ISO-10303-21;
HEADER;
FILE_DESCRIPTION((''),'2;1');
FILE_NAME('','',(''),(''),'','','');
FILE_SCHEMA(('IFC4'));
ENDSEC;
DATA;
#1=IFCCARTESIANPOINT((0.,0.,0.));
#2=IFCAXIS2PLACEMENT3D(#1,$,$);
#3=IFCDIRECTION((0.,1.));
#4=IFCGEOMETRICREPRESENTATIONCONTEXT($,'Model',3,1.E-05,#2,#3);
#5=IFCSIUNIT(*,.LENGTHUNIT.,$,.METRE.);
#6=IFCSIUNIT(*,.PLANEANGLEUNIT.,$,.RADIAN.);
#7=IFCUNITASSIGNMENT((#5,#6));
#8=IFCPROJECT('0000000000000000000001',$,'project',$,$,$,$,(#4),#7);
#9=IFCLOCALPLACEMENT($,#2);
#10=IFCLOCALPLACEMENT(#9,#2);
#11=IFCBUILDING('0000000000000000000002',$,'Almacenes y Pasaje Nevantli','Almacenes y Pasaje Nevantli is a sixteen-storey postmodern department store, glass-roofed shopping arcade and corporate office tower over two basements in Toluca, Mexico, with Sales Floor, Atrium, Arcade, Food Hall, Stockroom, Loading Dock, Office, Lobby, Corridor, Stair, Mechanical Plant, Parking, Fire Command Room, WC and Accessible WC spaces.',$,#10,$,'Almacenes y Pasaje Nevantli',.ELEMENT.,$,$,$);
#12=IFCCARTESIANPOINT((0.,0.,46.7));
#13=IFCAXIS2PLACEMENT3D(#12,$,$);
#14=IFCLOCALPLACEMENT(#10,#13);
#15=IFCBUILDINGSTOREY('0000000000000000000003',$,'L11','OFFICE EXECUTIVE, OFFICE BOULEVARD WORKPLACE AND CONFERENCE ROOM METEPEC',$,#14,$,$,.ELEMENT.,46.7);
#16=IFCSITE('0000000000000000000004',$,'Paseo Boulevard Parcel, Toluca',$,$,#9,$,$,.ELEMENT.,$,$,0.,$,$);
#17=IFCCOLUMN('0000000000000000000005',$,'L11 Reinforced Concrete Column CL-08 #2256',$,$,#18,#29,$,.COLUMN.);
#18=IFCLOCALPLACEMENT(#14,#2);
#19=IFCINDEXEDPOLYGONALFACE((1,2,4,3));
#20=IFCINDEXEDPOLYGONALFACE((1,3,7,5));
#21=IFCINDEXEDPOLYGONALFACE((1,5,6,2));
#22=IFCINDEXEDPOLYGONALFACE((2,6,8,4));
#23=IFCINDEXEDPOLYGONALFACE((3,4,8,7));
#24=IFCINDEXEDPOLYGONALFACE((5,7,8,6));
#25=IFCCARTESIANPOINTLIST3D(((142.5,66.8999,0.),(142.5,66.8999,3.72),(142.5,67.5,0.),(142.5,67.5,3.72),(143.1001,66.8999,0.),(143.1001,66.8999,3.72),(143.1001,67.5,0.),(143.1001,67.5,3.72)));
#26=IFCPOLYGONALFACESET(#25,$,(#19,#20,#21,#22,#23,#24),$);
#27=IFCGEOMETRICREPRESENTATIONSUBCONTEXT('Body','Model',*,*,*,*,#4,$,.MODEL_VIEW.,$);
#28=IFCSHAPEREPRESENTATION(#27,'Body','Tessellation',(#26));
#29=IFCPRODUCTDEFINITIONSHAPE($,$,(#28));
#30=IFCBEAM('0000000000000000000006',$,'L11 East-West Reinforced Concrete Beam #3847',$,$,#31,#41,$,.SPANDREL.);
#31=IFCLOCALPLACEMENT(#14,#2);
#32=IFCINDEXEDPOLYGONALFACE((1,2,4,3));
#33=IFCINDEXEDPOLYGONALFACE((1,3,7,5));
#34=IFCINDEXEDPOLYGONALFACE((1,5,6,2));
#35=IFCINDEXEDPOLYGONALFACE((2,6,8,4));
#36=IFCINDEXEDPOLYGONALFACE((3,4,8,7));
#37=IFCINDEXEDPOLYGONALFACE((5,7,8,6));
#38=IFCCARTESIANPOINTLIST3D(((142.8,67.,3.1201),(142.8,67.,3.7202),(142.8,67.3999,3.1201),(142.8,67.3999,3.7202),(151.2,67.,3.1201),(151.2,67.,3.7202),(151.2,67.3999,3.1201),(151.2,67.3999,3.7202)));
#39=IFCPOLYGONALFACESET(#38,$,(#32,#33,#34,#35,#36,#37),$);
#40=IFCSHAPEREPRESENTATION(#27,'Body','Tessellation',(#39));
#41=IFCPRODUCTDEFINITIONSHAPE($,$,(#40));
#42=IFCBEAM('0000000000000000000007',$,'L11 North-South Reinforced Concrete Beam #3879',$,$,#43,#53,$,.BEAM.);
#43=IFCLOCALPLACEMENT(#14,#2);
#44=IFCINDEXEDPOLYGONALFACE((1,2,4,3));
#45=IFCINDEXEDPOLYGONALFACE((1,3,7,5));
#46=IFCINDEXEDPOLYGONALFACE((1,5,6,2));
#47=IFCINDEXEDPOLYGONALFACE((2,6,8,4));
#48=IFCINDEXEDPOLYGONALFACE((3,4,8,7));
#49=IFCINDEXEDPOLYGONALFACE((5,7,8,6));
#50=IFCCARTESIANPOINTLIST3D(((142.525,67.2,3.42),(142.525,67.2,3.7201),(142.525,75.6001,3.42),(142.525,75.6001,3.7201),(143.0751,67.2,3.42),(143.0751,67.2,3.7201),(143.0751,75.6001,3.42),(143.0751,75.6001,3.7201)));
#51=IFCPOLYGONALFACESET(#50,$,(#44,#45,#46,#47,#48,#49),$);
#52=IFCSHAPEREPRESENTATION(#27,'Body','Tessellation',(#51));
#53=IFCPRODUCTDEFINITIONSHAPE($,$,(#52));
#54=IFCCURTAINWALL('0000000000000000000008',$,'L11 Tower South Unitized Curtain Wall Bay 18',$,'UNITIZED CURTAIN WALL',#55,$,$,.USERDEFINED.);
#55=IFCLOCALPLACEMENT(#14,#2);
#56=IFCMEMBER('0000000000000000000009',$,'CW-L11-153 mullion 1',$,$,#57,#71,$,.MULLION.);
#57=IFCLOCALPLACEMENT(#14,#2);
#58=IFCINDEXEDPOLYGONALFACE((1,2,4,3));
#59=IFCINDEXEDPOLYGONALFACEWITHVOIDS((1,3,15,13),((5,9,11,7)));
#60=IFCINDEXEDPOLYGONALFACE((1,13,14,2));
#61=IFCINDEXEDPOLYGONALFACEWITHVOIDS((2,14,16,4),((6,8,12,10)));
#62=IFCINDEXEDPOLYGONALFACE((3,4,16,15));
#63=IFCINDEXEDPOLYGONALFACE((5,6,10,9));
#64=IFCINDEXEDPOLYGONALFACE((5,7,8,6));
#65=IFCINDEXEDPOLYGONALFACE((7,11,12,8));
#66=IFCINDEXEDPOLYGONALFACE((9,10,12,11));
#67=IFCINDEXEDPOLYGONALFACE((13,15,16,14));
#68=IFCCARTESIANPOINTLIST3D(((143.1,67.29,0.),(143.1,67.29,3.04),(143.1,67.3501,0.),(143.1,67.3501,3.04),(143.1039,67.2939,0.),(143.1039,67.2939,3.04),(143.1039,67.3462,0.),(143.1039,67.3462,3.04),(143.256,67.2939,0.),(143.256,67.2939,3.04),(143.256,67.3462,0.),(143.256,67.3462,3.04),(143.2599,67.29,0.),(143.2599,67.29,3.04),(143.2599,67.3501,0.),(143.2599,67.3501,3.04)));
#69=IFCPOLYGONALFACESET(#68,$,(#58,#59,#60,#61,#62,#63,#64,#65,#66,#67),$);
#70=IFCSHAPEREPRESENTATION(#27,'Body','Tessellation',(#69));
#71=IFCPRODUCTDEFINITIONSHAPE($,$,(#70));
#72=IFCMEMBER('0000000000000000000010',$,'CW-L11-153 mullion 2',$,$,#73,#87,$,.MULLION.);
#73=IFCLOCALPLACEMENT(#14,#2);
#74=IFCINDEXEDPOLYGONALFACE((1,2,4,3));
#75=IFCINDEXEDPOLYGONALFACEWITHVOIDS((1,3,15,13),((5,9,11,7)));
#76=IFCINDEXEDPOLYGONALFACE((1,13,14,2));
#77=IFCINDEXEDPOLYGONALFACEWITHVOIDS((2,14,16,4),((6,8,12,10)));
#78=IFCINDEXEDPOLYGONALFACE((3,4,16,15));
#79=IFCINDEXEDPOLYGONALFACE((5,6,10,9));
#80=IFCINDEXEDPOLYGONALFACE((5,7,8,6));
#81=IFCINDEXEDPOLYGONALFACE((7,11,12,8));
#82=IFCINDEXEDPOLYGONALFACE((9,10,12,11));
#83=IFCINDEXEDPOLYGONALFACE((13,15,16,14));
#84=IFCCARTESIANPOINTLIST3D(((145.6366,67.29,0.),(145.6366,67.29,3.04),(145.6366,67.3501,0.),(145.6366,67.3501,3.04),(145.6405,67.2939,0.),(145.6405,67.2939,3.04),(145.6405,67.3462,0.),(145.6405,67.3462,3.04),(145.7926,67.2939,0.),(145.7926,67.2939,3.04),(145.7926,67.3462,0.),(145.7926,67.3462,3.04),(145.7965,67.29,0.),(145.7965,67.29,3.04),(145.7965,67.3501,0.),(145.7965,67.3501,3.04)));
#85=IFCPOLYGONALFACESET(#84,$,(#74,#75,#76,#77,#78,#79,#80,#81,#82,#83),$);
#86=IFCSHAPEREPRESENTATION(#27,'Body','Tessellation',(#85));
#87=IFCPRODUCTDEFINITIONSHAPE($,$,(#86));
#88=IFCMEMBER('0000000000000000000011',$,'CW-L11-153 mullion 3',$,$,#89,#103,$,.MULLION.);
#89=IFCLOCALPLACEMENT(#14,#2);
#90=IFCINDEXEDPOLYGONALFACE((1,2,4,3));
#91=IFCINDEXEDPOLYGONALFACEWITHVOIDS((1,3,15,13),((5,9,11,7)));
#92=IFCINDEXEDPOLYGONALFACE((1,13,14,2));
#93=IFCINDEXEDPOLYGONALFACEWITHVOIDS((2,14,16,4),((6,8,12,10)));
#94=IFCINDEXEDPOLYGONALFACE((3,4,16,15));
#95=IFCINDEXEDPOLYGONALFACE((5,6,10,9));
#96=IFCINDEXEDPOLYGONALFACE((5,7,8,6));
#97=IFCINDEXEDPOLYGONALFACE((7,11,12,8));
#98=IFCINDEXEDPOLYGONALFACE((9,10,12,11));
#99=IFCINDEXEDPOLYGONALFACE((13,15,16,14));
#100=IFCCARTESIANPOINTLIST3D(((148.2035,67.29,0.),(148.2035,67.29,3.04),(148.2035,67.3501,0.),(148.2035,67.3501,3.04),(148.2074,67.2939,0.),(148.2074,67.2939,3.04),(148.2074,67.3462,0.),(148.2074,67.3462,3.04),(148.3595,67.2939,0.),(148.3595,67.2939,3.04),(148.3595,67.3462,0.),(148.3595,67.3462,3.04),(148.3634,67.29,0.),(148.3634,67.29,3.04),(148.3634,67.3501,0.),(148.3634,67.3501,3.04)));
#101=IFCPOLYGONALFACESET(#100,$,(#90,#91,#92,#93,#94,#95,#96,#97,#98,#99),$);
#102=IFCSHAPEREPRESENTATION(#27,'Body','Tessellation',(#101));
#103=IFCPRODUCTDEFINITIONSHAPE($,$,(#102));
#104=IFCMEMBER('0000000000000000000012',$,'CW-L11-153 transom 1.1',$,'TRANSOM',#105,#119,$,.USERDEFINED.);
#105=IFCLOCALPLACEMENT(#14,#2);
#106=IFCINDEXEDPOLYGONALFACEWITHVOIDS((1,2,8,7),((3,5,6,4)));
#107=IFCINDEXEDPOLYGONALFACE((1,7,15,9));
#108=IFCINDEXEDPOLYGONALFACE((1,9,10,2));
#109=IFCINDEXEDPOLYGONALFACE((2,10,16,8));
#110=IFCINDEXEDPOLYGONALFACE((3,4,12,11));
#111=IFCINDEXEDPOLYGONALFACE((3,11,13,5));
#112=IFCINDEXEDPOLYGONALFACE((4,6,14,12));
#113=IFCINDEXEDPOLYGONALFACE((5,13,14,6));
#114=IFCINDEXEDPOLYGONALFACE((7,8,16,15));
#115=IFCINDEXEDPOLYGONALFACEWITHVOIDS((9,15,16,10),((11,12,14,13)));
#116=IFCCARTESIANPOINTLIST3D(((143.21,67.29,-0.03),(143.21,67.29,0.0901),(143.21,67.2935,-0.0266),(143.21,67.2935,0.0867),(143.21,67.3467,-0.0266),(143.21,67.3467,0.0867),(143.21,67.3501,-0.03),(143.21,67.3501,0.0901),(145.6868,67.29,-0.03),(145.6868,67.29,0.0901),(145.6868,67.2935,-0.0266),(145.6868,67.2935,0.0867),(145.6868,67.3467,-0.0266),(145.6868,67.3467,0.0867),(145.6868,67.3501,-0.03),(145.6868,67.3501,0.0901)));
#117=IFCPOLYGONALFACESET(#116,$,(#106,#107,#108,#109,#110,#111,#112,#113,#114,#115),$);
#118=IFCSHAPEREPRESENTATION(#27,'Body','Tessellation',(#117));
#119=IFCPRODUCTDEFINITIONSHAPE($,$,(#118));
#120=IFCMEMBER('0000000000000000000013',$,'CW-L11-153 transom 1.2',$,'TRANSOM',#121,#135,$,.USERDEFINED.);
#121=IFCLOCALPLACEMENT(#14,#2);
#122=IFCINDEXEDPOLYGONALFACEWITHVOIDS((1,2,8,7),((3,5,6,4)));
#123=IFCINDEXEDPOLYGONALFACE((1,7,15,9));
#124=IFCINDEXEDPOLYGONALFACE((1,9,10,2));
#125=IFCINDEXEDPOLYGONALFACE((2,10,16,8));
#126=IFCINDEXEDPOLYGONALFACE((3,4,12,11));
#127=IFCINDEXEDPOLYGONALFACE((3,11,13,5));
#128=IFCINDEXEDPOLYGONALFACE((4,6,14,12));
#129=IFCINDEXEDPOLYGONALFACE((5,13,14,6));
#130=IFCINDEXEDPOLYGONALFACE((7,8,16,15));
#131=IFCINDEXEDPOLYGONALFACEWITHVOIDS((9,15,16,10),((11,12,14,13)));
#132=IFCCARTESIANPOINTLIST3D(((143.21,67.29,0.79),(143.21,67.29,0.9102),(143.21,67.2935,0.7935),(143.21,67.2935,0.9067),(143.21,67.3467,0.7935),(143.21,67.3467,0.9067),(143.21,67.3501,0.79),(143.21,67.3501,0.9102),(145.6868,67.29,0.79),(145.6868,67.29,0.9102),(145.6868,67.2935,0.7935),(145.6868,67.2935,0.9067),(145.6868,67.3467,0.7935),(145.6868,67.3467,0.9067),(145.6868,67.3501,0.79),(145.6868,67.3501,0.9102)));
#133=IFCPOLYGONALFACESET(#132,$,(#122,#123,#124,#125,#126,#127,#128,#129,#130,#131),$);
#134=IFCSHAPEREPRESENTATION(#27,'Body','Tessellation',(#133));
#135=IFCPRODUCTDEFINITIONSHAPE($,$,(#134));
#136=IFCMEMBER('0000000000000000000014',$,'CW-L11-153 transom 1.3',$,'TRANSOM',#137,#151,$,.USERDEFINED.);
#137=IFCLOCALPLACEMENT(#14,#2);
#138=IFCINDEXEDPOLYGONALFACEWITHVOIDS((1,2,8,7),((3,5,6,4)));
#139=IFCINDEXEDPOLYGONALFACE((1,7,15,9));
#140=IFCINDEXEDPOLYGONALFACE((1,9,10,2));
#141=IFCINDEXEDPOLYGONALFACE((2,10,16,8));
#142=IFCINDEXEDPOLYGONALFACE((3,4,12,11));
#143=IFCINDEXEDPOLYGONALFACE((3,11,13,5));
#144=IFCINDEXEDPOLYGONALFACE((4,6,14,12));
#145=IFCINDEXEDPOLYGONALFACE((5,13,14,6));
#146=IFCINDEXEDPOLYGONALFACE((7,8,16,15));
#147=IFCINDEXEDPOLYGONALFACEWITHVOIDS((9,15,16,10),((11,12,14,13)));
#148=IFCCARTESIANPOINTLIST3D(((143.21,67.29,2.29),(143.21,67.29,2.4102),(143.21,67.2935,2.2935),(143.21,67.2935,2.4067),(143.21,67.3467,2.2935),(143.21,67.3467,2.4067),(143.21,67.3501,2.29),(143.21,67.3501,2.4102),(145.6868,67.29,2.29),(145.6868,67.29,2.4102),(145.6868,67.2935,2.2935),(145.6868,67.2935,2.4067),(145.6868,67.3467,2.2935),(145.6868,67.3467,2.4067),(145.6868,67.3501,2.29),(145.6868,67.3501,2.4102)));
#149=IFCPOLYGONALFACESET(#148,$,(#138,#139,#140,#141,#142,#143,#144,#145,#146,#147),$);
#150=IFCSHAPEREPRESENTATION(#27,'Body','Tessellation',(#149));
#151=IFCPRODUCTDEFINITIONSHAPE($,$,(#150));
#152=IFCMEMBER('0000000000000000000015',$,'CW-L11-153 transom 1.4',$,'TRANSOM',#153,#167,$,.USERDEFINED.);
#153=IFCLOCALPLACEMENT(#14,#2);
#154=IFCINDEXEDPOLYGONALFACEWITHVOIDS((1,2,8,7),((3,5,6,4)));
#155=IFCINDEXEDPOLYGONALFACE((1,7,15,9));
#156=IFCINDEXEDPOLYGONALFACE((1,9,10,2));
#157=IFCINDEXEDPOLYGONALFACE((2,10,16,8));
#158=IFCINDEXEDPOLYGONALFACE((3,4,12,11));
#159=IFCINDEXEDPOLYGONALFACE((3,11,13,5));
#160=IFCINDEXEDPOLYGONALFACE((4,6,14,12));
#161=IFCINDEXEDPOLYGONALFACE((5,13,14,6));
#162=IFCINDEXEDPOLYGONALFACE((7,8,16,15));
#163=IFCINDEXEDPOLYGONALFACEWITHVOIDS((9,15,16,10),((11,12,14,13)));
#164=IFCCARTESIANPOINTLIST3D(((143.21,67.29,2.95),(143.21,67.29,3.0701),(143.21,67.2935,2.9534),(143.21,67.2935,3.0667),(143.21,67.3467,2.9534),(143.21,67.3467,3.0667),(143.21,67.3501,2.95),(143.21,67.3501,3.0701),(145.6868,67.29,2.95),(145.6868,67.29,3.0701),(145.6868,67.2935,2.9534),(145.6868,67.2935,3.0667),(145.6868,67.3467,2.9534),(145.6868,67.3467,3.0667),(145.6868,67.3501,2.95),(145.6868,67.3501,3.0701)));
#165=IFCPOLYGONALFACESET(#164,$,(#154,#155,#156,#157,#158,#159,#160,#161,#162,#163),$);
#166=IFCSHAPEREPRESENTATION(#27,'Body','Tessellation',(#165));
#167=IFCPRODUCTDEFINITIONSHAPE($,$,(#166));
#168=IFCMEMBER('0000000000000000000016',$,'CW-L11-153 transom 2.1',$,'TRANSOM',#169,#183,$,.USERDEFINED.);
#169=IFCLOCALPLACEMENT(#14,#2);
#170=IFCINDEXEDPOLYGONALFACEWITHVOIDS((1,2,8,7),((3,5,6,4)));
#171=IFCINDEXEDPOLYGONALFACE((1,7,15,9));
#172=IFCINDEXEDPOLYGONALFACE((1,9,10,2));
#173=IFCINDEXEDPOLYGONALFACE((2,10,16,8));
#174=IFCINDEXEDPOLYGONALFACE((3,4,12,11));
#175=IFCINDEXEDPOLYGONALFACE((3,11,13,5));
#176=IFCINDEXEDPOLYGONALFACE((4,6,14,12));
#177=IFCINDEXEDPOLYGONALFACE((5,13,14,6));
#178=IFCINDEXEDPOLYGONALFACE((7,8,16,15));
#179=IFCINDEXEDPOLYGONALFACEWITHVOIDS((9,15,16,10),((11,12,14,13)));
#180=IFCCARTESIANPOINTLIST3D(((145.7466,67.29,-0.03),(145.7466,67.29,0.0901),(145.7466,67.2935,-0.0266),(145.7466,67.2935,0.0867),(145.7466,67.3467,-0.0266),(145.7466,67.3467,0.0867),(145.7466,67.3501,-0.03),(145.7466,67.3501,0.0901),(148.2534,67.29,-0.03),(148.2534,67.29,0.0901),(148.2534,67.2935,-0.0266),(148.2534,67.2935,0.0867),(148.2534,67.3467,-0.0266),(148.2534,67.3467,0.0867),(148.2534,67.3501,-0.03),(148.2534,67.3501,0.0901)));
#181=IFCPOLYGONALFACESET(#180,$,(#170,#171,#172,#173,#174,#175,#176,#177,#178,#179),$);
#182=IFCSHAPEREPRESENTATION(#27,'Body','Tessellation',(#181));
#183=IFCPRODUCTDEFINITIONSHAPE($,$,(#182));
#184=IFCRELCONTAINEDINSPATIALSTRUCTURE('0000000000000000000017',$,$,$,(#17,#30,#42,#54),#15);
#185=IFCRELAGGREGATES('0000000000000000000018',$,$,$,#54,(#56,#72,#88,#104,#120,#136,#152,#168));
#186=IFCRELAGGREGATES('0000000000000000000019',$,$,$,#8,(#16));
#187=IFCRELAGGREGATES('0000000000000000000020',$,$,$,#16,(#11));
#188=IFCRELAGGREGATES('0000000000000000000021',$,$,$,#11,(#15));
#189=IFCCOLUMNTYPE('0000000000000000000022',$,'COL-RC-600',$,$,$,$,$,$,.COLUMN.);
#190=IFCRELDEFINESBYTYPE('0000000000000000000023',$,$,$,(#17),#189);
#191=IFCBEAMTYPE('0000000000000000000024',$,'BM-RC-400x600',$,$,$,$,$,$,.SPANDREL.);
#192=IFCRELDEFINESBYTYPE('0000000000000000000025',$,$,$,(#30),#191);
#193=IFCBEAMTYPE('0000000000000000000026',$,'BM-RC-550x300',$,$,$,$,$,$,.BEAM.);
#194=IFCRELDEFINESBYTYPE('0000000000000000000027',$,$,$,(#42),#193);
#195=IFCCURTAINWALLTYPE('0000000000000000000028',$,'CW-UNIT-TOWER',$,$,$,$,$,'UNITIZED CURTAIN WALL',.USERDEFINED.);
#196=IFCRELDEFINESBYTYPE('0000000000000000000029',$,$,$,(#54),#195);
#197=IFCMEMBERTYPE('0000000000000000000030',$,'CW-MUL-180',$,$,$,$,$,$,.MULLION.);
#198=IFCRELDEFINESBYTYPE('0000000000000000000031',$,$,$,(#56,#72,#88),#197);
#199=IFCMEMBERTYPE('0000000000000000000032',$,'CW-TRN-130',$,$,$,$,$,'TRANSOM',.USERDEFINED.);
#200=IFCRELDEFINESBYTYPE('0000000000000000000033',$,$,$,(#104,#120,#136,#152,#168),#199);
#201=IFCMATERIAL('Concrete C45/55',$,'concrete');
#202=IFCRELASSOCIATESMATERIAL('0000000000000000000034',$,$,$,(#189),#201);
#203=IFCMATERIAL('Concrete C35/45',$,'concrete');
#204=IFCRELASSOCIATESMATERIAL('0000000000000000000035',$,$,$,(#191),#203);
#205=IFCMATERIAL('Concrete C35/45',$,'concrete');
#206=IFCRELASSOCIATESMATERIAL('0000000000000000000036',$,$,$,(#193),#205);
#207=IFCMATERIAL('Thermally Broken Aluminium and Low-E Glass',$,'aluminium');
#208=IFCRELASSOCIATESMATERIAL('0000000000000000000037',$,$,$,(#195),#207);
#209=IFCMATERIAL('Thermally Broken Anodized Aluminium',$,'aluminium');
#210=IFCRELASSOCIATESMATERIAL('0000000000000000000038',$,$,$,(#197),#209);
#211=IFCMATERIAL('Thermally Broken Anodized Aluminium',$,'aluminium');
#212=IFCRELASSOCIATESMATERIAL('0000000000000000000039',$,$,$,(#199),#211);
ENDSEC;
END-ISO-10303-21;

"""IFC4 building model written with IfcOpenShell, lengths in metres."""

from ifc_helpers import new_model, si_unit, direction, frame, origin, origin_2d, place, context, subcontext, project, spatial, rectangle, hollow_rectangle, extrude, material, material_profile, profile_set, type_object, element, aggregate, save


model = new_model("IFC4")

# Units and contexts
model_context = context("Model", 3, precision=1e-05, world=origin(), true_north=direction((0.0, 1.0)))
body_context = subcontext(model_context, "Body", "Model", "MODEL_VIEW")
ifc_project = project(units=[si_unit("LENGTHUNIT", "METRE"), si_unit("PLANEANGLEUNIT", "RADIAN")], contexts=[model_context])

# Site, building, storey
site_placement = place(None, origin())
site = spatial("IfcSite", under=ifc_project, at=site_placement, Name="Paseo Boulevard Parcel, Toluca", CompositionType="ELEMENT", RefElevation=0.0)
building_placement = place(site_placement, origin())
building = spatial("IfcBuilding", under=site, at=building_placement, Name="Almacenes y Pasaje Nevantli", Description="Almacenes y Pasaje Nevantli is a sixteen-storey postmodern department store, glass-roofed shopping arcade and corporate office tower over two basements in Toluca, Mexico, with Sales Floor, Atrium, Arcade, Food Hall, Stockroom, Loading Dock, Office, Lobby, Corridor, Stair, Mechanical Plant, Parking, Fire Command Room, WC and Accessible WC spaces.", LongName="Almacenes y Pasaje Nevantli", CompositionType="ELEMENT")
storey_placement = place(building_placement, frame((0.0, 0.0, 46.7)))
storey = spatial("IfcBuildingStorey", under=building, at=storey_placement, Name="L11", Description="OFFICE EXECUTIVE, OFFICE BOULEVARD WORKPLACE AND CONFERENCE ROOM METEPEC", CompositionType="ELEMENT", Elevation=46.7)

# Column
ifc_material_1 = material(Name="Concrete C45/55", Category="concrete")
ifc_material_profile_1 = material_profile(ifc_material_1, rectangle(XDim=0.6001, YDim=0.6001, at=origin_2d()), Name="RC-COL-600x600")
ifc_profile_set_1 = profile_set([ifc_material_profile_1], Name="Concrete C45/55")
column_type = type_object("IfcColumnType", Name="COL-RC-600", PredefinedType="COLUMN", material=ifc_profile_set_1)
column_placement = place(storey_placement, frame((142.8, 67.2, 0.0), z_axis=(0.0, 0.0, 1.0), x_axis=(1.0, 0.0, 0.0)))
element("IfcColumn", 1, at=column_placement, inside=storey, type_object=column_type, Name="L11 Reinforced Concrete Column CL-08 #2256", PredefinedType="COLUMN", context=body_context, shape_type="SweptSolid", body=[
    extrude(rectangle(XDim=0.6001, YDim=0.6001, at=origin_2d()), origin(), (0.0, 0.0, 1.0), 3.72),
])

# Beams
ifc_material_2 = material(Name="Concrete C35/45", Category="concrete")
ifc_material_profile_2 = material_profile(ifc_material_2, rectangle(XDim=0.3999, YDim=0.6001, at=origin_2d()), Name="RC-BM-400x600")
ifc_profile_set_2 = profile_set([ifc_material_profile_2], Name="Concrete C35/45")
beam_type_1 = type_object("IfcBeamType", Name="BM-RC-400x600", PredefinedType="SPANDREL", material=ifc_profile_set_2)
beam_1_placement = place(storey_placement, frame((142.8, 67.2, 3.4202), z_axis=(1.0, 0.0, 0.0), x_axis=(0.0, 1.0, 0.0)))
element("IfcBeam", 2, at=beam_1_placement, inside=storey, type_object=beam_type_1, Name="L11 East-West Reinforced Concrete Beam #3847", PredefinedType="SPANDREL", context=body_context, shape_type="SweptSolid", body=[
    extrude(rectangle(XDim=0.3999, YDim=0.6001, at=origin_2d()), origin(), (0.0, 0.0, 1.0), 8.3999),
])
ifc_material_3 = material(Name="Concrete C35/45", Category="concrete")
ifc_material_profile_3 = material_profile(ifc_material_3, rectangle(XDim=0.55, YDim=0.3, at=origin_2d()), Name="RC-BM-550x300")
ifc_profile_set_3 = profile_set([ifc_material_profile_3], Name="Concrete C35/45")
beam_type_2 = type_object("IfcBeamType", Name="BM-RC-550x300", PredefinedType="BEAM", material=ifc_profile_set_3)
beam_2_placement = place(storey_placement, frame((142.8, 67.2, 3.5701), z_axis=(0.0, 1.0, 0.0), x_axis=(-1.0, 0.0, 0.0)))
element("IfcBeam", 3, at=beam_2_placement, inside=storey, type_object=beam_type_2, Name="L11 North-South Reinforced Concrete Beam #3879", PredefinedType="BEAM", context=body_context, shape_type="SweptSolid", body=[
    extrude(rectangle(XDim=0.55, YDim=0.3, at=origin_2d()), origin(), (0.0, 0.0, 1.0), 8.4001),
])

# Curtain wall, members
ifc_material_4 = material(Name="Thermally Broken Aluminium and Low-E Glass", Category="aluminium")
curtain_wall_type = type_object("IfcCurtainWallType", Name="CW-UNIT-TOWER", ElementType="UNITIZED CURTAIN WALL", PredefinedType="USERDEFINED", material=ifc_material_4)
curtain_wall_placement = place(storey_placement, origin())
curtain_wall = element("IfcCurtainWall", 4, at=curtain_wall_placement, inside=storey, type_object=curtain_wall_type, Name="L11 Tower South Unitized Curtain Wall Bay 18", ObjectType="UNITIZED CURTAIN WALL", PredefinedType="USERDEFINED")
ifc_material_5 = material(Name="Thermally Broken Anodized Aluminium", Category="aluminium")
ifc_material_profile_4 = material_profile(ifc_material_5, hollow_rectangle(XDim=0.0601, YDim=0.1599, WallThickness=0.0039, at=origin_2d()), Name="ALU-MUL-60x160")
ifc_profile_set_4 = profile_set([ifc_material_profile_4], Name="Thermally Broken Anodized Aluminium")
member_type_1 = type_object("IfcMemberType", Name="CW-MUL-180", PredefinedType="MULLION", material=ifc_profile_set_4)
member_1_placement = place(storey_placement, frame((143.1799, 67.3201, 0.0), z_axis=(0.0, 0.0, 1.0), x_axis=(0.0, 1.0, 0.0)))
member_1 = element("IfcMember", 5, at=member_1_placement, type_object=member_type_1, Name="CW-L11-153 mullion 1", PredefinedType="MULLION", context=body_context, shape_type="SweptSolid", body=[
    extrude(hollow_rectangle(XDim=0.0601, YDim=0.1599, WallThickness=0.0039, at=origin_2d()), origin(), (0.0, 0.0, 1.0), 3.04),
])
member_2_placement = place(storey_placement, frame((145.7166, 67.3201, 0.0), z_axis=(0.0, 0.0, 1.0), x_axis=(0.0, 1.0, 0.0)))
member_2 = element("IfcMember", 6, at=member_2_placement, type_object=member_type_1, Name="CW-L11-153 mullion 2", PredefinedType="MULLION", context=body_context, shape_type="SweptSolid", body=[
    extrude(hollow_rectangle(XDim=0.0601, YDim=0.1599, WallThickness=0.0039, at=origin_2d()), origin(), (0.0, 0.0, 1.0), 3.04),
])
member_3_placement = place(storey_placement, frame((148.2834, 67.3201, 0.0), z_axis=(0.0, 0.0, 1.0), x_axis=(0.0, 1.0, 0.0)))
member_3 = element("IfcMember", 7, at=member_3_placement, type_object=member_type_1, Name="CW-L11-153 mullion 3", PredefinedType="MULLION", context=body_context, shape_type="SweptSolid", body=[
    extrude(hollow_rectangle(XDim=0.0601, YDim=0.1599, WallThickness=0.0039, at=origin_2d()), origin(), (0.0, 0.0, 1.0), 3.04),
])
ifc_material_6 = material(Name="Thermally Broken Anodized Aluminium", Category="aluminium")
ifc_material_profile_5 = material_profile(ifc_material_6, hollow_rectangle(XDim=0.0601, YDim=0.1201, WallThickness=0.0034, at=origin_2d()), Name="ALU-TRN-60x120")
ifc_profile_set_5 = profile_set([ifc_material_profile_5], Name="Thermally Broken Anodized Aluminium")
member_type_2 = type_object("IfcMemberType", Name="CW-TRN-130", ElementType="TRANSOM", PredefinedType="USERDEFINED", material=ifc_profile_set_5)
member_4_placement = place(storey_placement, frame((143.21, 67.3201, 0.03), z_axis=(1.0, 0.0, 0.0), x_axis=(0.0, 1.0, 0.0)))
member_4 = element("IfcMember", 8, at=member_4_placement, type_object=member_type_2, Name="CW-L11-153 transom 1.1", ObjectType="TRANSOM", PredefinedType="USERDEFINED", context=body_context, shape_type="SweptSolid", body=[
    extrude(hollow_rectangle(XDim=0.0601, YDim=0.1201, WallThickness=0.0034, at=origin_2d()), origin(), (0.0, 0.0, 1.0), 2.4768),
])
member_5_placement = place(storey_placement, frame((143.21, 67.3201, 0.8501), z_axis=(1.0, 0.0, 0.0), x_axis=(0.0, 1.0, 0.0)))
member_5 = element("IfcMember", 9, at=member_5_placement, type_object=member_type_2, Name="CW-L11-153 transom 1.2", ObjectType="TRANSOM", PredefinedType="USERDEFINED", context=body_context, shape_type="SweptSolid", body=[
    extrude(hollow_rectangle(XDim=0.0601, YDim=0.1201, WallThickness=0.0034, at=origin_2d()), origin(), (0.0, 0.0, 1.0), 2.4768),
])
member_6_placement = place(storey_placement, frame((143.21, 67.3201, 2.3501), z_axis=(1.0, 0.0, 0.0), x_axis=(0.0, 1.0, 0.0)))
member_6 = element("IfcMember", 10, at=member_6_placement, type_object=member_type_2, Name="CW-L11-153 transom 1.3", ObjectType="TRANSOM", PredefinedType="USERDEFINED", context=body_context, shape_type="SweptSolid", body=[
    extrude(hollow_rectangle(XDim=0.0601, YDim=0.1201, WallThickness=0.0034, at=origin_2d()), origin(), (0.0, 0.0, 1.0), 2.4768),
])
member_7_placement = place(storey_placement, frame((143.21, 67.3201, 3.01), z_axis=(1.0, 0.0, 0.0), x_axis=(0.0, 1.0, 0.0)))
member_7 = element("IfcMember", 11, at=member_7_placement, type_object=member_type_2, Name="CW-L11-153 transom 1.4", ObjectType="TRANSOM", PredefinedType="USERDEFINED", context=body_context, shape_type="SweptSolid", body=[
    extrude(hollow_rectangle(XDim=0.0601, YDim=0.1201, WallThickness=0.0034, at=origin_2d()), origin(), (0.0, 0.0, 1.0), 2.4768),
])
member_8_placement = place(storey_placement, frame((145.7466, 67.3201, 0.03), z_axis=(1.0, 0.0, 0.0), x_axis=(0.0, 1.0, 0.0)))
member_8 = element("IfcMember", 12, at=member_8_placement, type_object=member_type_2, Name="CW-L11-153 transom 2.1", ObjectType="TRANSOM", PredefinedType="USERDEFINED", context=body_context, shape_type="SweptSolid", body=[
    extrude(hollow_rectangle(XDim=0.0601, YDim=0.1201, WallThickness=0.0034, at=origin_2d()), origin(), (0.0, 0.0, 1.0), 2.5068),
])
aggregate(curtain_wall, [member_1, member_2, member_3, member_4, member_5, member_6, member_7, member_8])

save(model, "model.ifc")
